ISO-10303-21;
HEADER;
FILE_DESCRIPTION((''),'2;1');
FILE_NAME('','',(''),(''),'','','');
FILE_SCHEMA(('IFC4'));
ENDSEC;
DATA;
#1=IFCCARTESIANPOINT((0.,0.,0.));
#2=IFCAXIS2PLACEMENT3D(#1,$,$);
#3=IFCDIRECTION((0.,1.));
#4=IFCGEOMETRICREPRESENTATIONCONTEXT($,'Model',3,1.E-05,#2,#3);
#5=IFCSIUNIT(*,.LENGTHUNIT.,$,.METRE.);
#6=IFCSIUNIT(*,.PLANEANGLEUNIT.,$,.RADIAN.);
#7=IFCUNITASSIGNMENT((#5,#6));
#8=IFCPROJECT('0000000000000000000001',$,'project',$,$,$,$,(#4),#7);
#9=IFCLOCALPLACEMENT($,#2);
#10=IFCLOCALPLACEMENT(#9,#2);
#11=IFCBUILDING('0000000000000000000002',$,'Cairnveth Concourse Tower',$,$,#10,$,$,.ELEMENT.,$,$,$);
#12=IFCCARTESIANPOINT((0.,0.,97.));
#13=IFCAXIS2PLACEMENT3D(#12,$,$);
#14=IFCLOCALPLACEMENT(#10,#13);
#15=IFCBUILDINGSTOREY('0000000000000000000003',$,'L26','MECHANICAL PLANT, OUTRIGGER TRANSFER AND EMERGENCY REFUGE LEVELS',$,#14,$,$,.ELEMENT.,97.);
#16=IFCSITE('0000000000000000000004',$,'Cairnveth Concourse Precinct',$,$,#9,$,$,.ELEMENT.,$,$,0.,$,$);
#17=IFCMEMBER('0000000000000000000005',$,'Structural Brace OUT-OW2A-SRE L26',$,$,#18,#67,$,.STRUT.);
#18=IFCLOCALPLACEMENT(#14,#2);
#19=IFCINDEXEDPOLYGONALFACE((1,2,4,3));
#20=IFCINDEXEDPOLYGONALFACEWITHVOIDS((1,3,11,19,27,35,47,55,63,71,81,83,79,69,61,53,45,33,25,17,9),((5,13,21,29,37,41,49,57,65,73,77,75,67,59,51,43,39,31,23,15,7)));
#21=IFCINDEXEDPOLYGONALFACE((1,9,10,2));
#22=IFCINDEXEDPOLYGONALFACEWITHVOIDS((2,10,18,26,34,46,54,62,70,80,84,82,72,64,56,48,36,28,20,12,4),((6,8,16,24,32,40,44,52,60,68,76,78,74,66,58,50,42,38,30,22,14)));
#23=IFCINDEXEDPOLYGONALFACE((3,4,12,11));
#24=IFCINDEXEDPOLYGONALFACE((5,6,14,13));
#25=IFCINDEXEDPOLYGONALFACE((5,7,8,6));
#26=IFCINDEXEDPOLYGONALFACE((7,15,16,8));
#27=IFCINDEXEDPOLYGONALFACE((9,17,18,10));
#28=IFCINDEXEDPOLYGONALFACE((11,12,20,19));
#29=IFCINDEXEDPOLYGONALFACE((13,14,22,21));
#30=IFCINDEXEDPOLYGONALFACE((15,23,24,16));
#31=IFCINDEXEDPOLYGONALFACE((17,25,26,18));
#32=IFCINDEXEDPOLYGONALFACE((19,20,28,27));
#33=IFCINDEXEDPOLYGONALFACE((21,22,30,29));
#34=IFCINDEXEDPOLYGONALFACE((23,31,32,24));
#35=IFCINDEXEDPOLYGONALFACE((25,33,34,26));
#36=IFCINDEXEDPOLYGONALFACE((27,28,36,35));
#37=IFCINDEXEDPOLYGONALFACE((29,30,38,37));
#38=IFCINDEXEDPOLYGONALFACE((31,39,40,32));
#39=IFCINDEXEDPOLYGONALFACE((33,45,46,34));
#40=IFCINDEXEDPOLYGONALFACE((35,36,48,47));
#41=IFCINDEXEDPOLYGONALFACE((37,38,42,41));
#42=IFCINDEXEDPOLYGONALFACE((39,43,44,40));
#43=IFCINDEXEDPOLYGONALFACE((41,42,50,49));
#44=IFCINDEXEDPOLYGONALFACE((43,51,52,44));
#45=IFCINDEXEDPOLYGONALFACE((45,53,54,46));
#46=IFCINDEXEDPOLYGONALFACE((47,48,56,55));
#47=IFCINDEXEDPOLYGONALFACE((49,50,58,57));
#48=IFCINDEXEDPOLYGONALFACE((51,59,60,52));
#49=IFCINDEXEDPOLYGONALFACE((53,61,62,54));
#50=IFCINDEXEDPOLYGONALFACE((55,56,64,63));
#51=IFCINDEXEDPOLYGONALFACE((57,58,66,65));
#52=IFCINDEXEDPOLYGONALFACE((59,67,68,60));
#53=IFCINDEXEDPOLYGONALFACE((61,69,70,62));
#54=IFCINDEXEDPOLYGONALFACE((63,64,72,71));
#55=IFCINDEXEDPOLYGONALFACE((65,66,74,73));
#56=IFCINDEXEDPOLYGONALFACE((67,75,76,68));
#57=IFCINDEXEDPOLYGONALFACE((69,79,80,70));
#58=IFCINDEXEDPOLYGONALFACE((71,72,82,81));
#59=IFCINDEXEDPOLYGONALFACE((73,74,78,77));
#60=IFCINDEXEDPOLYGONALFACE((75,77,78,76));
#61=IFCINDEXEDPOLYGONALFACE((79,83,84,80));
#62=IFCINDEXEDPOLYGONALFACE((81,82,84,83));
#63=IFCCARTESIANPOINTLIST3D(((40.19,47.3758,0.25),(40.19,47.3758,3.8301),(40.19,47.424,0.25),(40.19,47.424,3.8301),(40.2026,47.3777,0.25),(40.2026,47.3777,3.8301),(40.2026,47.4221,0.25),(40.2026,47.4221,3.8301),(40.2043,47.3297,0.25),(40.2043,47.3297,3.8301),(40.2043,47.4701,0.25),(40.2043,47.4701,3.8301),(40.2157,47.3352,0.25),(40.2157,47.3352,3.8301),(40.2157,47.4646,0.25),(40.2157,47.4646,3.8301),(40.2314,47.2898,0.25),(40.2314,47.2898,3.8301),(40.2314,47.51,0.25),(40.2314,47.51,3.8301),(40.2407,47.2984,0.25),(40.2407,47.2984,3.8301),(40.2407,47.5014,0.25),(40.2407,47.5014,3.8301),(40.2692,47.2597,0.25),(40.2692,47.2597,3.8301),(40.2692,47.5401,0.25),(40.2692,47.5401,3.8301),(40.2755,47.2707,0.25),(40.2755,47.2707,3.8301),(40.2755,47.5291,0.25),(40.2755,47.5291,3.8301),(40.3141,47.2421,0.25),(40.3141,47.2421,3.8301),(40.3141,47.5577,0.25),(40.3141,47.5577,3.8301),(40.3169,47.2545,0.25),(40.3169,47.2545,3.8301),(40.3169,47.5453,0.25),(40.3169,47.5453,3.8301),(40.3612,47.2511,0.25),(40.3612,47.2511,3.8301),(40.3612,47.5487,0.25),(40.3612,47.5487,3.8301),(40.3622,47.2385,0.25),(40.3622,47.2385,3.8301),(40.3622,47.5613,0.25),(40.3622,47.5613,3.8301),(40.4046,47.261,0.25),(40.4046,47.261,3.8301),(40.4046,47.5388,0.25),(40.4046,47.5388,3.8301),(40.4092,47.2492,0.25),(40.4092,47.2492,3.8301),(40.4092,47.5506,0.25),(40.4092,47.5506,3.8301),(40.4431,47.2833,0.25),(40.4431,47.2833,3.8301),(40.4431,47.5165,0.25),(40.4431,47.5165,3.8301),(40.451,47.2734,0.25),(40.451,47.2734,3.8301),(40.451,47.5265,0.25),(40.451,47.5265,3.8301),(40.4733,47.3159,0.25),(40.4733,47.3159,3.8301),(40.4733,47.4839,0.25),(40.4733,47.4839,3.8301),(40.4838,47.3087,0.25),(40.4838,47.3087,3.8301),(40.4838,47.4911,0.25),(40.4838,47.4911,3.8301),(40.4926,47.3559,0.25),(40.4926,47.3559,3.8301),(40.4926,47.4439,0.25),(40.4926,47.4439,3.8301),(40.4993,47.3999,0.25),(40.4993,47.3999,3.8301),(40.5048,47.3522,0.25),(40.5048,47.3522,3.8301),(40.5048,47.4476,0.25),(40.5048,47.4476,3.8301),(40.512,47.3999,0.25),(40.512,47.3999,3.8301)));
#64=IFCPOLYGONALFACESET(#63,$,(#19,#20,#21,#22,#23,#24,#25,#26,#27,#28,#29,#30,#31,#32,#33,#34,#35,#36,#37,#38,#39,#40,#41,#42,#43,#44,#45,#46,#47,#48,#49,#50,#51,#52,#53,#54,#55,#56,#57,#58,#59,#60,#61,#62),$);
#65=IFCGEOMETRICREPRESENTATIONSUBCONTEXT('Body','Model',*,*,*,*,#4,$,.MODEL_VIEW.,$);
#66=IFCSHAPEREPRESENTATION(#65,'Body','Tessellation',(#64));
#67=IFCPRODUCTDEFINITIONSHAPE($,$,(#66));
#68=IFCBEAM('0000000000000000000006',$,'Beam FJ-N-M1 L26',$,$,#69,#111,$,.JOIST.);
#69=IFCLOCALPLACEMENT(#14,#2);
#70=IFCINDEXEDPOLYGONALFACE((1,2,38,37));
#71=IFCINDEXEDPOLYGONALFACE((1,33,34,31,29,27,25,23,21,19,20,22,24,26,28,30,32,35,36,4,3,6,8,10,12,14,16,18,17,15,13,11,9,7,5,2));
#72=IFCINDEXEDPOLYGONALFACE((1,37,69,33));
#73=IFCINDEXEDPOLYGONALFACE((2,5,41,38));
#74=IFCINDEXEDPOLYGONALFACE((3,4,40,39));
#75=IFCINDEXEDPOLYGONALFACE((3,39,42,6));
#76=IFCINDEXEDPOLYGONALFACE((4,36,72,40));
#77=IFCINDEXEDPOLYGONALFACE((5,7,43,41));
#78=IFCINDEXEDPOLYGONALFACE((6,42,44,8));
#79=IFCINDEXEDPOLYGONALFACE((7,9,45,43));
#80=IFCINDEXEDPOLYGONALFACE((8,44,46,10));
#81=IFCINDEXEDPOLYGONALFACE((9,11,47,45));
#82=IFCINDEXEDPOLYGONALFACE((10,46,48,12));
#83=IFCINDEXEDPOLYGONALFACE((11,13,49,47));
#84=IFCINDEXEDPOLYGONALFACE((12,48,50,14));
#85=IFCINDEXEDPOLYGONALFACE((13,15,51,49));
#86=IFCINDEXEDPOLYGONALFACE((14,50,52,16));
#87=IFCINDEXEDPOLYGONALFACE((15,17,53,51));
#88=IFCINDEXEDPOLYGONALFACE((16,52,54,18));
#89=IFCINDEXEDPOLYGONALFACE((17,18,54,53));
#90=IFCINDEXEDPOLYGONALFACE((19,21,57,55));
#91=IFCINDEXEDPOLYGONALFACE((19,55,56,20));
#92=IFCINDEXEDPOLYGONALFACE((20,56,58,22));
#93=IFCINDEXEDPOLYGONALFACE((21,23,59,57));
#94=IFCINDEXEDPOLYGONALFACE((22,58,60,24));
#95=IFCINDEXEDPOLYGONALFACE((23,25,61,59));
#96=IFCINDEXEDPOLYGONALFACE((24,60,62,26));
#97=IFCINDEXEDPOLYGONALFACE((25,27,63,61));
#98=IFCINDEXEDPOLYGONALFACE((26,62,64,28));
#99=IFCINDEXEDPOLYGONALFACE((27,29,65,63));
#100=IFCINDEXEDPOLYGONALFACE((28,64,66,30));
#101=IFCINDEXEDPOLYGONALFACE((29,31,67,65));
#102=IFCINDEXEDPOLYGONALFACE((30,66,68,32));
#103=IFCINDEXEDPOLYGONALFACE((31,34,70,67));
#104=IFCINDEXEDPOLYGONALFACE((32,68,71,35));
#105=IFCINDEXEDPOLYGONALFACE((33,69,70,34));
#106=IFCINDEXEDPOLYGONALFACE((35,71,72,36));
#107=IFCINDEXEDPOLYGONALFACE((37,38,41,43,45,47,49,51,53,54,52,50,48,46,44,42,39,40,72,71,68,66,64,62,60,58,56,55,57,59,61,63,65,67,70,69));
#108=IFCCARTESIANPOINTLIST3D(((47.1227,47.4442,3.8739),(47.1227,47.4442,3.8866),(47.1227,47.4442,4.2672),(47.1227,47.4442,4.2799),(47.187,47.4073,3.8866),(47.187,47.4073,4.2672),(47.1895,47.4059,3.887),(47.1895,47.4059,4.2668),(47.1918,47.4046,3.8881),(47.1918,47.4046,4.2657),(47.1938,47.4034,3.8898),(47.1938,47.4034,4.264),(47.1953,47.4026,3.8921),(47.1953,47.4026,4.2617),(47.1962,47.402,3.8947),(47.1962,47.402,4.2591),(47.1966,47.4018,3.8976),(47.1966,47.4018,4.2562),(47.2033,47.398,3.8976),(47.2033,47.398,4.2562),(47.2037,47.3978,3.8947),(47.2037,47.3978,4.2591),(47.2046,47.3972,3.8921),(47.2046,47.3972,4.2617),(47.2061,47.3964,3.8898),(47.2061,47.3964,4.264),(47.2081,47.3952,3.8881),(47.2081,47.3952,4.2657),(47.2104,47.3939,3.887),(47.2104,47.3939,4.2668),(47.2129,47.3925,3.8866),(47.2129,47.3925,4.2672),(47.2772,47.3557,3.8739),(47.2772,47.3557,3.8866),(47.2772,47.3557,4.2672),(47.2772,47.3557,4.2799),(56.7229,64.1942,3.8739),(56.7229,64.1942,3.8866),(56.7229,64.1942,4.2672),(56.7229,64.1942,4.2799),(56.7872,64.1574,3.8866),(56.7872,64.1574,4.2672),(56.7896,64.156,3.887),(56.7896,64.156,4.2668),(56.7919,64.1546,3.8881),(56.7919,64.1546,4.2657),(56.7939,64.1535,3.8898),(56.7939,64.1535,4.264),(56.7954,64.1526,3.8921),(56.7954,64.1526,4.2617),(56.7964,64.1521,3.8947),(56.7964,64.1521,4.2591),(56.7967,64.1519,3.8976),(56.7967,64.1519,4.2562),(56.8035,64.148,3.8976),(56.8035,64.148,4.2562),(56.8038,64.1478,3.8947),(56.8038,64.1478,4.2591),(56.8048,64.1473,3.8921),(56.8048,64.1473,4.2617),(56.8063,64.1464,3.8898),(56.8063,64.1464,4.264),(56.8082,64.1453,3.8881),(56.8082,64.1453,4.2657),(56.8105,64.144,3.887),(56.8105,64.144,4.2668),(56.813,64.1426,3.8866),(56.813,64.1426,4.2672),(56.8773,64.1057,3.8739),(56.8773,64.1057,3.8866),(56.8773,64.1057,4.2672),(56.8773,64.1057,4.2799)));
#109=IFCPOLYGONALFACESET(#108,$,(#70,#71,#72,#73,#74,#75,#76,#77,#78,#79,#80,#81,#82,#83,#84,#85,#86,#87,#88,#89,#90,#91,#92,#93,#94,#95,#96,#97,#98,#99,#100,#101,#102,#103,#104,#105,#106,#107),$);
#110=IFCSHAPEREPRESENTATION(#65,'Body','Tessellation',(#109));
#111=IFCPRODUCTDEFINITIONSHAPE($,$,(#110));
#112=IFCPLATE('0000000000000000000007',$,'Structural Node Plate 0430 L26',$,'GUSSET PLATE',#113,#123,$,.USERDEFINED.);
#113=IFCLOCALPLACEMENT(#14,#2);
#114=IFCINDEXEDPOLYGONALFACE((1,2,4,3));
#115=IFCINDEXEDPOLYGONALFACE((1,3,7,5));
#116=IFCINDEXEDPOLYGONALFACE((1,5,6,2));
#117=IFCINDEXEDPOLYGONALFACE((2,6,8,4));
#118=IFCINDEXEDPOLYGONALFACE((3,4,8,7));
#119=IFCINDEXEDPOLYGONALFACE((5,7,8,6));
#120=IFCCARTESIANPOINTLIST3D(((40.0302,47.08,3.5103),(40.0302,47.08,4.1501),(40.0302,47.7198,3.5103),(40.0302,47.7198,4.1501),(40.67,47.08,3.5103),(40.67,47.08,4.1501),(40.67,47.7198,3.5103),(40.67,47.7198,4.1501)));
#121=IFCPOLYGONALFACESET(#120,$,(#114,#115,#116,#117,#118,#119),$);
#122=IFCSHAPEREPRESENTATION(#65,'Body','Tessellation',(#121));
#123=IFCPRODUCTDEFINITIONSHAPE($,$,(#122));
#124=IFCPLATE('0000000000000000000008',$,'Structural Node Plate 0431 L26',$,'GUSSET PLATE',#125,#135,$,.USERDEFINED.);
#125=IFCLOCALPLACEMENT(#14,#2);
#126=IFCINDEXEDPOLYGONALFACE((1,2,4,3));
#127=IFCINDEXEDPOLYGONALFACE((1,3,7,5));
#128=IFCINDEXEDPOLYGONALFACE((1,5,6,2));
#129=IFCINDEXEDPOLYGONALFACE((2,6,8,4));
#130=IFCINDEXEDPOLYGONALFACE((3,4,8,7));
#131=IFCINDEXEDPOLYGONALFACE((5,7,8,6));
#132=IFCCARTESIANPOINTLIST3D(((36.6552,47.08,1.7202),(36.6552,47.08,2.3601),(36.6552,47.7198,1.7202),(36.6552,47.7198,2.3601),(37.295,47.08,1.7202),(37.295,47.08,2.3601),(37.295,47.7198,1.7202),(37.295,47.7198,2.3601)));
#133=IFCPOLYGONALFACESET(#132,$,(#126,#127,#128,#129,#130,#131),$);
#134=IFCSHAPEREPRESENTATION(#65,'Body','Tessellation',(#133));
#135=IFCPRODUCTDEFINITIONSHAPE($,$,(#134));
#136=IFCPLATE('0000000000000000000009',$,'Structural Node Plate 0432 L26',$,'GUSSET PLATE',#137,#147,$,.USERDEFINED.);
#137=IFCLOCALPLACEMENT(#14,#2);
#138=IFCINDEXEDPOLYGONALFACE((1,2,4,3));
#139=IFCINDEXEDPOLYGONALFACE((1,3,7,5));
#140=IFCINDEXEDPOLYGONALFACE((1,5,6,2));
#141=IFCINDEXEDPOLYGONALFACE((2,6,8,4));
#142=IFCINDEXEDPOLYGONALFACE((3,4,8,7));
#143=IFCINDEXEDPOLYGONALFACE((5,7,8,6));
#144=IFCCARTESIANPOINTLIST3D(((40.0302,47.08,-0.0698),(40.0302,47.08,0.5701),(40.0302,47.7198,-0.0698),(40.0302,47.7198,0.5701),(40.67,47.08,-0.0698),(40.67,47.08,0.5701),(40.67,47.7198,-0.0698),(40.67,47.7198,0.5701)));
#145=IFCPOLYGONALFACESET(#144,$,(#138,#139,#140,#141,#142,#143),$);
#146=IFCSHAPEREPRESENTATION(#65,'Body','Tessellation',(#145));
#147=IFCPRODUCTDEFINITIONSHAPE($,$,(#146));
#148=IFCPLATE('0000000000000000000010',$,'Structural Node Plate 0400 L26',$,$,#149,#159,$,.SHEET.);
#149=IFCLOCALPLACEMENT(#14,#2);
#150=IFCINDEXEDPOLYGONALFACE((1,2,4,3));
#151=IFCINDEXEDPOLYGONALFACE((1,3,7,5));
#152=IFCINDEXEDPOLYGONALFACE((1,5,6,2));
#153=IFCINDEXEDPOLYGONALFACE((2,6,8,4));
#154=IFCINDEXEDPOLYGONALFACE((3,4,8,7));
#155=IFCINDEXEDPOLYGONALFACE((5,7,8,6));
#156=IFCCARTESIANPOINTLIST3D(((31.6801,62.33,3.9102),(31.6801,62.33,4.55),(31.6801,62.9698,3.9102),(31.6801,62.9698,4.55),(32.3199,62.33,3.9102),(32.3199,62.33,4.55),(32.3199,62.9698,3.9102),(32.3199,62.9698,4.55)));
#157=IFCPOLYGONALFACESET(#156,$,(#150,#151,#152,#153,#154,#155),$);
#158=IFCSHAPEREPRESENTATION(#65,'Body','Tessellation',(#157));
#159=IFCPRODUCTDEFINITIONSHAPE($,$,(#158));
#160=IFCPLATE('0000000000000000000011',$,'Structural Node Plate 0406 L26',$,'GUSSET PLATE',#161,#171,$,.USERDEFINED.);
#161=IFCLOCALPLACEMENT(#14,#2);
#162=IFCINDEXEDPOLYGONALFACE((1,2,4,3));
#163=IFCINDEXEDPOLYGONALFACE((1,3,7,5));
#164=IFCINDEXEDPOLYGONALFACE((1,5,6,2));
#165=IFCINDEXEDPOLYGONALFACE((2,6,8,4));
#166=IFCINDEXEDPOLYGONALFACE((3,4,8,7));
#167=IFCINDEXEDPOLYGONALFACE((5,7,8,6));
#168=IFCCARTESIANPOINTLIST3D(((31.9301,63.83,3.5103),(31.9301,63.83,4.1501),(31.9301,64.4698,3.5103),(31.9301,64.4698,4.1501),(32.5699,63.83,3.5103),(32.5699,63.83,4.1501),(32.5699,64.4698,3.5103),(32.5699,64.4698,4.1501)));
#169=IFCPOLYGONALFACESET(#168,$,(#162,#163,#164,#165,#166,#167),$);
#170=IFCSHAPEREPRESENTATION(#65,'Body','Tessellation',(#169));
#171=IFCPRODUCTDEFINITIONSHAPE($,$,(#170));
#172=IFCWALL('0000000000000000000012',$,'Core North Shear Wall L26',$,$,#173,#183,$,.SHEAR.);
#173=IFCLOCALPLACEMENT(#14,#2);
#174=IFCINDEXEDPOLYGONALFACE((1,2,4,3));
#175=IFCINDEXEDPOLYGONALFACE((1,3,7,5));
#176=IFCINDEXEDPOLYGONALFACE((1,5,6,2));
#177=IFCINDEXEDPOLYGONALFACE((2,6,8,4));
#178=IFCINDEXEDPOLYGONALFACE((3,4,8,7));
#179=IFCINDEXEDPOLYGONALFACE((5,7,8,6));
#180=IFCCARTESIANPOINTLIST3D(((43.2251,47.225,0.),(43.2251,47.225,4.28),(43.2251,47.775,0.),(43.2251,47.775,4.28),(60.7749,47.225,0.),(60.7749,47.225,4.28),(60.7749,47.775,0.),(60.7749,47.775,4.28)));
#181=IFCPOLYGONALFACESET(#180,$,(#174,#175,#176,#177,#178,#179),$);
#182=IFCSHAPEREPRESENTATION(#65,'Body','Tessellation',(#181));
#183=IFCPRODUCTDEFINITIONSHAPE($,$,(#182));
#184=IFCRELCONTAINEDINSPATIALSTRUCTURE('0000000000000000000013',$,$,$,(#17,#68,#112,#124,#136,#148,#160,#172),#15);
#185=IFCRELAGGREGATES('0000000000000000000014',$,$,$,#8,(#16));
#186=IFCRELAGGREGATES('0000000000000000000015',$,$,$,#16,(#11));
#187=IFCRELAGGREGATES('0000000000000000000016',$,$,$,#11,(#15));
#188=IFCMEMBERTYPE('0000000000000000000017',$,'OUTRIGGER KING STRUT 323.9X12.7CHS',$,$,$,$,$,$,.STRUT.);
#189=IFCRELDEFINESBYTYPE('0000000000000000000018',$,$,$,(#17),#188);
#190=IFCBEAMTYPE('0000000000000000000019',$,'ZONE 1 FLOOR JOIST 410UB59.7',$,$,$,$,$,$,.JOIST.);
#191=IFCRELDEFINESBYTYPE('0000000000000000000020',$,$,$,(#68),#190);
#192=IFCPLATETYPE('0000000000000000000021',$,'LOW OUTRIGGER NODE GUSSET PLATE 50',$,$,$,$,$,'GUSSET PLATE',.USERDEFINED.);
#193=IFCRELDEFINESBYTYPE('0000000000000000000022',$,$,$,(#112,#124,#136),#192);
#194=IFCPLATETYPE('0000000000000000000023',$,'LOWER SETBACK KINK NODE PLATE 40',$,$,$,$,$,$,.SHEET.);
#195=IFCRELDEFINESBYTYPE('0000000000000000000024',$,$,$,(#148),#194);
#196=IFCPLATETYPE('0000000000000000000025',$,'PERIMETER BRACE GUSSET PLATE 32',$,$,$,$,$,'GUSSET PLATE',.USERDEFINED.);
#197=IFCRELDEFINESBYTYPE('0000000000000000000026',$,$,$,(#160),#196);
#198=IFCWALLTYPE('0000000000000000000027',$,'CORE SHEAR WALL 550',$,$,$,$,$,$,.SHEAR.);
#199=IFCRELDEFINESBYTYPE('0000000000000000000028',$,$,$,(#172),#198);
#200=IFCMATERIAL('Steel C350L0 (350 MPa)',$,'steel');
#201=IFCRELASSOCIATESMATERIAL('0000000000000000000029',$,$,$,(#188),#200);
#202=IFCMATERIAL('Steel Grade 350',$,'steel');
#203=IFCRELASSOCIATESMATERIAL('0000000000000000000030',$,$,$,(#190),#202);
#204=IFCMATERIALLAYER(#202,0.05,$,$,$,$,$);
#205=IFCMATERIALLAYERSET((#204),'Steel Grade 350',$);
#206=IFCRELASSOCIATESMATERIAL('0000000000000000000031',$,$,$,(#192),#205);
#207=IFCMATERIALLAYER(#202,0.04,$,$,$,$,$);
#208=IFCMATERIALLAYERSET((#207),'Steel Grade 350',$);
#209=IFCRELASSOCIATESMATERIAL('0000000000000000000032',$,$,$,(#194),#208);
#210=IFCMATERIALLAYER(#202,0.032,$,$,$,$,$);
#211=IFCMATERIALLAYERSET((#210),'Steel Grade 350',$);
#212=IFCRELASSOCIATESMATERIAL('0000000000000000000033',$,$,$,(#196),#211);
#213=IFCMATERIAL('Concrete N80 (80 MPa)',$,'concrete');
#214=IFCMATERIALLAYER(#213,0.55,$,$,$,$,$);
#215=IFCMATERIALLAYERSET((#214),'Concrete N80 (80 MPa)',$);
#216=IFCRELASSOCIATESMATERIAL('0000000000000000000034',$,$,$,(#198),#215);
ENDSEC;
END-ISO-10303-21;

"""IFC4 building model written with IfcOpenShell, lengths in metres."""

from ifc_helpers import new_model, si_unit, direction, frame, frame_2d, origin, origin_2d, place, context, subcontext, project, spatial, rectangle, hollow_circle, i_section, extrude, material, layer, layer_set, material_profile, profile_set, type_object, element, save


model = new_model("IFC4")

# Units and contexts
model_context = context("Model", 3, precision=1e-05, world=origin(), true_north=direction((0.0, 1.0)))
body_context = subcontext(model_context, "Body", "Model", "MODEL_VIEW")
ifc_project = project(units=[si_unit("LENGTHUNIT", "METRE"), si_unit("PLANEANGLEUNIT", "RADIAN")], contexts=[model_context])

# Site, building, storey
site_placement = place(None, origin())
site = spatial("IfcSite", under=ifc_project, at=site_placement, Name="Cairnveth Concourse Precinct", CompositionType="ELEMENT", RefElevation=0.0)
building_placement = place(site_placement, origin())
building = spatial("IfcBuilding", under=site, at=building_placement, Name="Cairnveth Concourse Tower", CompositionType="ELEMENT")
storey_placement = place(building_placement, frame((0.0, 0.0, 97.0)))
storey = spatial("IfcBuildingStorey", under=building, at=storey_placement, Name="L26", Description="MECHANICAL PLANT, OUTRIGGER TRANSFER AND EMERGENCY REFUGE LEVELS", CompositionType="ELEMENT", Elevation=97.0)

# Shared definitions
ifc_material_1 = material(Name="Concrete N80 (80 MPa)", Category="concrete")

# Member
ifc_material_2 = material(Name="Steel C350L0 (350 MPa)", Category="steel")
ifc_material_profile_1 = material_profile(ifc_material_2, hollow_circle(Radius=0.1619, WallThickness=0.0127, at=origin_2d()), Name="323.9x12.7CHS")
ifc_profile_set_1 = profile_set([ifc_material_profile_1], Name="Steel C350L0 (350 MPa)")
member_type_1 = type_object("IfcMemberType", Name="OUTRIGGER KING STRUT 323.9X12.7CHS", PredefinedType="STRUT", material=ifc_profile_set_1)
for number, where, z_axis, x_axis, name in (
    (1, (40.3501, 47.3999, 0.25), (0.0, 0.0, 1.0), (1.0, 0.0, 0.0), "Structural Brace OUT-OW2A-SRE L26"),
):
    element("IfcMember", number, at=place(storey_placement, frame(where, z_axis=z_axis, x_axis=x_axis)), inside=storey, type_object=member_type_1, Name=name, PredefinedType="STRUT", context=body_context, shape_type="SweptSolid", body=[
        extrude(hollow_circle(Radius=0.1619, WallThickness=0.0127, at=origin_2d()), origin(), (0.0, 0.0, 1.0), 3.5801),
    ])

# Beam
ifc_material_3 = material(Name="Steel Grade 350", Category="steel")
ifc_material_profile_2 = material_profile(ifc_material_3, i_section(OverallWidth=0.178, OverallDepth=0.406, WebThickness=0.0078, FlangeThickness=0.0127, FilletRadius=0.011, at=origin_2d()), Name="410UB59.7")
ifc_profile_set_2 = profile_set([ifc_material_profile_2], Name="Steel Grade 350")
beam_type_1 = type_object("IfcBeamType", Name="ZONE 1 FLOOR JOIST 410UB59.7", PredefinedType="JOIST", material=ifc_profile_set_2)
beam_1_placement = place(storey_placement, frame((47.2, 47.3999, 4.0769), z_axis=(0.497258, 0.867603, 0.0), x_axis=(-0.867603, 0.497258, 0.0)))
element("IfcBeam", 2, at=beam_1_placement, inside=storey, type_object=beam_type_1, Name="Beam FJ-N-M1 L26", PredefinedType="JOIST", context=body_context, shape_type="SweptSolid", body=[
    extrude(i_section(OverallWidth=0.178, OverallDepth=0.406, WebThickness=0.0078, FlangeThickness=0.0127, FilletRadius=0.011, at=origin_2d()), origin(), (0.0, 0.0, 1.0), 19.3062),
])

# Plates
ifc_layer_1 = layer(ifc_material_3, 0.05)
ifc_layer_set_1 = layer_set([ifc_layer_1], Name="Steel Grade 350")
plate_type_1 = type_object("IfcPlateType", Name="LOW OUTRIGGER NODE GUSSET PLATE 50", ElementType="GUSSET PLATE", PredefinedType="USERDEFINED", material=ifc_layer_set_1)
for number, where, z_axis, x_axis, name in (
    (3, (40.3501, 47.3999, 3.5103), (0.0, 0.0, 1.0), (1.0, 0.0, 0.0), "Structural Node Plate 0430 L26"),
    (4, (36.9751, 47.3999, 1.7202), (0.0, 0.0, 1.0), (1.0, 0.0, 0.0), "Structural Node Plate 0431 L26"),
    (5, (40.3501, 47.3999, -0.0698), (0.0, 0.0, 1.0), (1.0, 0.0, 0.0), "Structural Node Plate 0432 L26"),
):
    element("IfcPlate", number, at=place(storey_placement, frame(where, z_axis=z_axis, x_axis=x_axis)), inside=storey, type_object=plate_type_1, Name=name, ObjectType="GUSSET PLATE", PredefinedType="USERDEFINED", context=body_context, shape_type="SweptSolid", body=[
        extrude(rectangle(XDim=0.6399, YDim=0.6399, at=origin_2d()), origin(), (0.0, 0.0, 1.0), 0.6399),
    ])
ifc_layer_2 = layer(ifc_material_3, 0.04)
ifc_layer_set_2 = layer_set([ifc_layer_2], Name="Steel Grade 350")
plate_type_2 = type_object("IfcPlateType", Name="LOWER SETBACK KINK NODE PLATE 40", PredefinedType="SHEET", material=ifc_layer_set_2)
plate_1_placement = place(storey_placement, frame((32.0, 62.6499, 3.9102), z_axis=(0.0, 0.0, 1.0), x_axis=(1.0, 0.0, 0.0)))
element("IfcPlate", 6, at=plate_1_placement, inside=storey, type_object=plate_type_2, Name="Structural Node Plate 0400 L26", PredefinedType="SHEET", context=body_context, shape_type="SweptSolid", body=[
    extrude(rectangle(XDim=0.6399, YDim=0.6399, at=origin_2d()), origin(), (0.0, 0.0, 1.0), 0.6399),
])
ifc_layer_3 = layer(ifc_material_3, 0.032)
ifc_layer_set_3 = layer_set([ifc_layer_3], Name="Steel Grade 350")
plate_type_3 = type_object("IfcPlateType", Name="PERIMETER BRACE GUSSET PLATE 32", ElementType="GUSSET PLATE", PredefinedType="USERDEFINED", material=ifc_layer_set_3)
plate_2_placement = place(storey_placement, frame((32.25, 64.1499, 3.5103), z_axis=(0.0, 0.0, 1.0), x_axis=(1.0, 0.0, 0.0)))
element("IfcPlate", 7, at=plate_2_placement, inside=storey, type_object=plate_type_3, Name="Structural Node Plate 0406 L26", ObjectType="GUSSET PLATE", PredefinedType="USERDEFINED", context=body_context, shape_type="SweptSolid", body=[
    extrude(rectangle(XDim=0.6399, YDim=0.6399, at=origin_2d()), origin(), (0.0, 0.0, 1.0), 0.6399),
])

# Wall
ifc_layer_4 = layer(ifc_material_1, 0.55)
ifc_layer_set_4 = layer_set([ifc_layer_4], Name="Concrete N80 (80 MPa)")
wall_type_1 = type_object("IfcWallType", Name="CORE SHEAR WALL 550", PredefinedType="SHEAR", material=ifc_layer_set_4)
wall_1_placement = place(storey_placement, frame((43.2251, 47.5, 0.0), z_axis=(0.0, 0.0, 1.0), x_axis=(1.0, 0.0, 0.0)))
element("IfcWall", 8, at=wall_1_placement, inside=storey, type_object=wall_type_1, Name="Core North Shear Wall L26", PredefinedType="SHEAR", context=body_context, shape_type="SweptSolid", body=[
    extrude(rectangle(XDim=17.5498, YDim=0.55, at=frame_2d((8.7749, 0.0))), origin(), (0.0, 0.0, 1.0), 4.28),
])

save(model, "model.ifc")
